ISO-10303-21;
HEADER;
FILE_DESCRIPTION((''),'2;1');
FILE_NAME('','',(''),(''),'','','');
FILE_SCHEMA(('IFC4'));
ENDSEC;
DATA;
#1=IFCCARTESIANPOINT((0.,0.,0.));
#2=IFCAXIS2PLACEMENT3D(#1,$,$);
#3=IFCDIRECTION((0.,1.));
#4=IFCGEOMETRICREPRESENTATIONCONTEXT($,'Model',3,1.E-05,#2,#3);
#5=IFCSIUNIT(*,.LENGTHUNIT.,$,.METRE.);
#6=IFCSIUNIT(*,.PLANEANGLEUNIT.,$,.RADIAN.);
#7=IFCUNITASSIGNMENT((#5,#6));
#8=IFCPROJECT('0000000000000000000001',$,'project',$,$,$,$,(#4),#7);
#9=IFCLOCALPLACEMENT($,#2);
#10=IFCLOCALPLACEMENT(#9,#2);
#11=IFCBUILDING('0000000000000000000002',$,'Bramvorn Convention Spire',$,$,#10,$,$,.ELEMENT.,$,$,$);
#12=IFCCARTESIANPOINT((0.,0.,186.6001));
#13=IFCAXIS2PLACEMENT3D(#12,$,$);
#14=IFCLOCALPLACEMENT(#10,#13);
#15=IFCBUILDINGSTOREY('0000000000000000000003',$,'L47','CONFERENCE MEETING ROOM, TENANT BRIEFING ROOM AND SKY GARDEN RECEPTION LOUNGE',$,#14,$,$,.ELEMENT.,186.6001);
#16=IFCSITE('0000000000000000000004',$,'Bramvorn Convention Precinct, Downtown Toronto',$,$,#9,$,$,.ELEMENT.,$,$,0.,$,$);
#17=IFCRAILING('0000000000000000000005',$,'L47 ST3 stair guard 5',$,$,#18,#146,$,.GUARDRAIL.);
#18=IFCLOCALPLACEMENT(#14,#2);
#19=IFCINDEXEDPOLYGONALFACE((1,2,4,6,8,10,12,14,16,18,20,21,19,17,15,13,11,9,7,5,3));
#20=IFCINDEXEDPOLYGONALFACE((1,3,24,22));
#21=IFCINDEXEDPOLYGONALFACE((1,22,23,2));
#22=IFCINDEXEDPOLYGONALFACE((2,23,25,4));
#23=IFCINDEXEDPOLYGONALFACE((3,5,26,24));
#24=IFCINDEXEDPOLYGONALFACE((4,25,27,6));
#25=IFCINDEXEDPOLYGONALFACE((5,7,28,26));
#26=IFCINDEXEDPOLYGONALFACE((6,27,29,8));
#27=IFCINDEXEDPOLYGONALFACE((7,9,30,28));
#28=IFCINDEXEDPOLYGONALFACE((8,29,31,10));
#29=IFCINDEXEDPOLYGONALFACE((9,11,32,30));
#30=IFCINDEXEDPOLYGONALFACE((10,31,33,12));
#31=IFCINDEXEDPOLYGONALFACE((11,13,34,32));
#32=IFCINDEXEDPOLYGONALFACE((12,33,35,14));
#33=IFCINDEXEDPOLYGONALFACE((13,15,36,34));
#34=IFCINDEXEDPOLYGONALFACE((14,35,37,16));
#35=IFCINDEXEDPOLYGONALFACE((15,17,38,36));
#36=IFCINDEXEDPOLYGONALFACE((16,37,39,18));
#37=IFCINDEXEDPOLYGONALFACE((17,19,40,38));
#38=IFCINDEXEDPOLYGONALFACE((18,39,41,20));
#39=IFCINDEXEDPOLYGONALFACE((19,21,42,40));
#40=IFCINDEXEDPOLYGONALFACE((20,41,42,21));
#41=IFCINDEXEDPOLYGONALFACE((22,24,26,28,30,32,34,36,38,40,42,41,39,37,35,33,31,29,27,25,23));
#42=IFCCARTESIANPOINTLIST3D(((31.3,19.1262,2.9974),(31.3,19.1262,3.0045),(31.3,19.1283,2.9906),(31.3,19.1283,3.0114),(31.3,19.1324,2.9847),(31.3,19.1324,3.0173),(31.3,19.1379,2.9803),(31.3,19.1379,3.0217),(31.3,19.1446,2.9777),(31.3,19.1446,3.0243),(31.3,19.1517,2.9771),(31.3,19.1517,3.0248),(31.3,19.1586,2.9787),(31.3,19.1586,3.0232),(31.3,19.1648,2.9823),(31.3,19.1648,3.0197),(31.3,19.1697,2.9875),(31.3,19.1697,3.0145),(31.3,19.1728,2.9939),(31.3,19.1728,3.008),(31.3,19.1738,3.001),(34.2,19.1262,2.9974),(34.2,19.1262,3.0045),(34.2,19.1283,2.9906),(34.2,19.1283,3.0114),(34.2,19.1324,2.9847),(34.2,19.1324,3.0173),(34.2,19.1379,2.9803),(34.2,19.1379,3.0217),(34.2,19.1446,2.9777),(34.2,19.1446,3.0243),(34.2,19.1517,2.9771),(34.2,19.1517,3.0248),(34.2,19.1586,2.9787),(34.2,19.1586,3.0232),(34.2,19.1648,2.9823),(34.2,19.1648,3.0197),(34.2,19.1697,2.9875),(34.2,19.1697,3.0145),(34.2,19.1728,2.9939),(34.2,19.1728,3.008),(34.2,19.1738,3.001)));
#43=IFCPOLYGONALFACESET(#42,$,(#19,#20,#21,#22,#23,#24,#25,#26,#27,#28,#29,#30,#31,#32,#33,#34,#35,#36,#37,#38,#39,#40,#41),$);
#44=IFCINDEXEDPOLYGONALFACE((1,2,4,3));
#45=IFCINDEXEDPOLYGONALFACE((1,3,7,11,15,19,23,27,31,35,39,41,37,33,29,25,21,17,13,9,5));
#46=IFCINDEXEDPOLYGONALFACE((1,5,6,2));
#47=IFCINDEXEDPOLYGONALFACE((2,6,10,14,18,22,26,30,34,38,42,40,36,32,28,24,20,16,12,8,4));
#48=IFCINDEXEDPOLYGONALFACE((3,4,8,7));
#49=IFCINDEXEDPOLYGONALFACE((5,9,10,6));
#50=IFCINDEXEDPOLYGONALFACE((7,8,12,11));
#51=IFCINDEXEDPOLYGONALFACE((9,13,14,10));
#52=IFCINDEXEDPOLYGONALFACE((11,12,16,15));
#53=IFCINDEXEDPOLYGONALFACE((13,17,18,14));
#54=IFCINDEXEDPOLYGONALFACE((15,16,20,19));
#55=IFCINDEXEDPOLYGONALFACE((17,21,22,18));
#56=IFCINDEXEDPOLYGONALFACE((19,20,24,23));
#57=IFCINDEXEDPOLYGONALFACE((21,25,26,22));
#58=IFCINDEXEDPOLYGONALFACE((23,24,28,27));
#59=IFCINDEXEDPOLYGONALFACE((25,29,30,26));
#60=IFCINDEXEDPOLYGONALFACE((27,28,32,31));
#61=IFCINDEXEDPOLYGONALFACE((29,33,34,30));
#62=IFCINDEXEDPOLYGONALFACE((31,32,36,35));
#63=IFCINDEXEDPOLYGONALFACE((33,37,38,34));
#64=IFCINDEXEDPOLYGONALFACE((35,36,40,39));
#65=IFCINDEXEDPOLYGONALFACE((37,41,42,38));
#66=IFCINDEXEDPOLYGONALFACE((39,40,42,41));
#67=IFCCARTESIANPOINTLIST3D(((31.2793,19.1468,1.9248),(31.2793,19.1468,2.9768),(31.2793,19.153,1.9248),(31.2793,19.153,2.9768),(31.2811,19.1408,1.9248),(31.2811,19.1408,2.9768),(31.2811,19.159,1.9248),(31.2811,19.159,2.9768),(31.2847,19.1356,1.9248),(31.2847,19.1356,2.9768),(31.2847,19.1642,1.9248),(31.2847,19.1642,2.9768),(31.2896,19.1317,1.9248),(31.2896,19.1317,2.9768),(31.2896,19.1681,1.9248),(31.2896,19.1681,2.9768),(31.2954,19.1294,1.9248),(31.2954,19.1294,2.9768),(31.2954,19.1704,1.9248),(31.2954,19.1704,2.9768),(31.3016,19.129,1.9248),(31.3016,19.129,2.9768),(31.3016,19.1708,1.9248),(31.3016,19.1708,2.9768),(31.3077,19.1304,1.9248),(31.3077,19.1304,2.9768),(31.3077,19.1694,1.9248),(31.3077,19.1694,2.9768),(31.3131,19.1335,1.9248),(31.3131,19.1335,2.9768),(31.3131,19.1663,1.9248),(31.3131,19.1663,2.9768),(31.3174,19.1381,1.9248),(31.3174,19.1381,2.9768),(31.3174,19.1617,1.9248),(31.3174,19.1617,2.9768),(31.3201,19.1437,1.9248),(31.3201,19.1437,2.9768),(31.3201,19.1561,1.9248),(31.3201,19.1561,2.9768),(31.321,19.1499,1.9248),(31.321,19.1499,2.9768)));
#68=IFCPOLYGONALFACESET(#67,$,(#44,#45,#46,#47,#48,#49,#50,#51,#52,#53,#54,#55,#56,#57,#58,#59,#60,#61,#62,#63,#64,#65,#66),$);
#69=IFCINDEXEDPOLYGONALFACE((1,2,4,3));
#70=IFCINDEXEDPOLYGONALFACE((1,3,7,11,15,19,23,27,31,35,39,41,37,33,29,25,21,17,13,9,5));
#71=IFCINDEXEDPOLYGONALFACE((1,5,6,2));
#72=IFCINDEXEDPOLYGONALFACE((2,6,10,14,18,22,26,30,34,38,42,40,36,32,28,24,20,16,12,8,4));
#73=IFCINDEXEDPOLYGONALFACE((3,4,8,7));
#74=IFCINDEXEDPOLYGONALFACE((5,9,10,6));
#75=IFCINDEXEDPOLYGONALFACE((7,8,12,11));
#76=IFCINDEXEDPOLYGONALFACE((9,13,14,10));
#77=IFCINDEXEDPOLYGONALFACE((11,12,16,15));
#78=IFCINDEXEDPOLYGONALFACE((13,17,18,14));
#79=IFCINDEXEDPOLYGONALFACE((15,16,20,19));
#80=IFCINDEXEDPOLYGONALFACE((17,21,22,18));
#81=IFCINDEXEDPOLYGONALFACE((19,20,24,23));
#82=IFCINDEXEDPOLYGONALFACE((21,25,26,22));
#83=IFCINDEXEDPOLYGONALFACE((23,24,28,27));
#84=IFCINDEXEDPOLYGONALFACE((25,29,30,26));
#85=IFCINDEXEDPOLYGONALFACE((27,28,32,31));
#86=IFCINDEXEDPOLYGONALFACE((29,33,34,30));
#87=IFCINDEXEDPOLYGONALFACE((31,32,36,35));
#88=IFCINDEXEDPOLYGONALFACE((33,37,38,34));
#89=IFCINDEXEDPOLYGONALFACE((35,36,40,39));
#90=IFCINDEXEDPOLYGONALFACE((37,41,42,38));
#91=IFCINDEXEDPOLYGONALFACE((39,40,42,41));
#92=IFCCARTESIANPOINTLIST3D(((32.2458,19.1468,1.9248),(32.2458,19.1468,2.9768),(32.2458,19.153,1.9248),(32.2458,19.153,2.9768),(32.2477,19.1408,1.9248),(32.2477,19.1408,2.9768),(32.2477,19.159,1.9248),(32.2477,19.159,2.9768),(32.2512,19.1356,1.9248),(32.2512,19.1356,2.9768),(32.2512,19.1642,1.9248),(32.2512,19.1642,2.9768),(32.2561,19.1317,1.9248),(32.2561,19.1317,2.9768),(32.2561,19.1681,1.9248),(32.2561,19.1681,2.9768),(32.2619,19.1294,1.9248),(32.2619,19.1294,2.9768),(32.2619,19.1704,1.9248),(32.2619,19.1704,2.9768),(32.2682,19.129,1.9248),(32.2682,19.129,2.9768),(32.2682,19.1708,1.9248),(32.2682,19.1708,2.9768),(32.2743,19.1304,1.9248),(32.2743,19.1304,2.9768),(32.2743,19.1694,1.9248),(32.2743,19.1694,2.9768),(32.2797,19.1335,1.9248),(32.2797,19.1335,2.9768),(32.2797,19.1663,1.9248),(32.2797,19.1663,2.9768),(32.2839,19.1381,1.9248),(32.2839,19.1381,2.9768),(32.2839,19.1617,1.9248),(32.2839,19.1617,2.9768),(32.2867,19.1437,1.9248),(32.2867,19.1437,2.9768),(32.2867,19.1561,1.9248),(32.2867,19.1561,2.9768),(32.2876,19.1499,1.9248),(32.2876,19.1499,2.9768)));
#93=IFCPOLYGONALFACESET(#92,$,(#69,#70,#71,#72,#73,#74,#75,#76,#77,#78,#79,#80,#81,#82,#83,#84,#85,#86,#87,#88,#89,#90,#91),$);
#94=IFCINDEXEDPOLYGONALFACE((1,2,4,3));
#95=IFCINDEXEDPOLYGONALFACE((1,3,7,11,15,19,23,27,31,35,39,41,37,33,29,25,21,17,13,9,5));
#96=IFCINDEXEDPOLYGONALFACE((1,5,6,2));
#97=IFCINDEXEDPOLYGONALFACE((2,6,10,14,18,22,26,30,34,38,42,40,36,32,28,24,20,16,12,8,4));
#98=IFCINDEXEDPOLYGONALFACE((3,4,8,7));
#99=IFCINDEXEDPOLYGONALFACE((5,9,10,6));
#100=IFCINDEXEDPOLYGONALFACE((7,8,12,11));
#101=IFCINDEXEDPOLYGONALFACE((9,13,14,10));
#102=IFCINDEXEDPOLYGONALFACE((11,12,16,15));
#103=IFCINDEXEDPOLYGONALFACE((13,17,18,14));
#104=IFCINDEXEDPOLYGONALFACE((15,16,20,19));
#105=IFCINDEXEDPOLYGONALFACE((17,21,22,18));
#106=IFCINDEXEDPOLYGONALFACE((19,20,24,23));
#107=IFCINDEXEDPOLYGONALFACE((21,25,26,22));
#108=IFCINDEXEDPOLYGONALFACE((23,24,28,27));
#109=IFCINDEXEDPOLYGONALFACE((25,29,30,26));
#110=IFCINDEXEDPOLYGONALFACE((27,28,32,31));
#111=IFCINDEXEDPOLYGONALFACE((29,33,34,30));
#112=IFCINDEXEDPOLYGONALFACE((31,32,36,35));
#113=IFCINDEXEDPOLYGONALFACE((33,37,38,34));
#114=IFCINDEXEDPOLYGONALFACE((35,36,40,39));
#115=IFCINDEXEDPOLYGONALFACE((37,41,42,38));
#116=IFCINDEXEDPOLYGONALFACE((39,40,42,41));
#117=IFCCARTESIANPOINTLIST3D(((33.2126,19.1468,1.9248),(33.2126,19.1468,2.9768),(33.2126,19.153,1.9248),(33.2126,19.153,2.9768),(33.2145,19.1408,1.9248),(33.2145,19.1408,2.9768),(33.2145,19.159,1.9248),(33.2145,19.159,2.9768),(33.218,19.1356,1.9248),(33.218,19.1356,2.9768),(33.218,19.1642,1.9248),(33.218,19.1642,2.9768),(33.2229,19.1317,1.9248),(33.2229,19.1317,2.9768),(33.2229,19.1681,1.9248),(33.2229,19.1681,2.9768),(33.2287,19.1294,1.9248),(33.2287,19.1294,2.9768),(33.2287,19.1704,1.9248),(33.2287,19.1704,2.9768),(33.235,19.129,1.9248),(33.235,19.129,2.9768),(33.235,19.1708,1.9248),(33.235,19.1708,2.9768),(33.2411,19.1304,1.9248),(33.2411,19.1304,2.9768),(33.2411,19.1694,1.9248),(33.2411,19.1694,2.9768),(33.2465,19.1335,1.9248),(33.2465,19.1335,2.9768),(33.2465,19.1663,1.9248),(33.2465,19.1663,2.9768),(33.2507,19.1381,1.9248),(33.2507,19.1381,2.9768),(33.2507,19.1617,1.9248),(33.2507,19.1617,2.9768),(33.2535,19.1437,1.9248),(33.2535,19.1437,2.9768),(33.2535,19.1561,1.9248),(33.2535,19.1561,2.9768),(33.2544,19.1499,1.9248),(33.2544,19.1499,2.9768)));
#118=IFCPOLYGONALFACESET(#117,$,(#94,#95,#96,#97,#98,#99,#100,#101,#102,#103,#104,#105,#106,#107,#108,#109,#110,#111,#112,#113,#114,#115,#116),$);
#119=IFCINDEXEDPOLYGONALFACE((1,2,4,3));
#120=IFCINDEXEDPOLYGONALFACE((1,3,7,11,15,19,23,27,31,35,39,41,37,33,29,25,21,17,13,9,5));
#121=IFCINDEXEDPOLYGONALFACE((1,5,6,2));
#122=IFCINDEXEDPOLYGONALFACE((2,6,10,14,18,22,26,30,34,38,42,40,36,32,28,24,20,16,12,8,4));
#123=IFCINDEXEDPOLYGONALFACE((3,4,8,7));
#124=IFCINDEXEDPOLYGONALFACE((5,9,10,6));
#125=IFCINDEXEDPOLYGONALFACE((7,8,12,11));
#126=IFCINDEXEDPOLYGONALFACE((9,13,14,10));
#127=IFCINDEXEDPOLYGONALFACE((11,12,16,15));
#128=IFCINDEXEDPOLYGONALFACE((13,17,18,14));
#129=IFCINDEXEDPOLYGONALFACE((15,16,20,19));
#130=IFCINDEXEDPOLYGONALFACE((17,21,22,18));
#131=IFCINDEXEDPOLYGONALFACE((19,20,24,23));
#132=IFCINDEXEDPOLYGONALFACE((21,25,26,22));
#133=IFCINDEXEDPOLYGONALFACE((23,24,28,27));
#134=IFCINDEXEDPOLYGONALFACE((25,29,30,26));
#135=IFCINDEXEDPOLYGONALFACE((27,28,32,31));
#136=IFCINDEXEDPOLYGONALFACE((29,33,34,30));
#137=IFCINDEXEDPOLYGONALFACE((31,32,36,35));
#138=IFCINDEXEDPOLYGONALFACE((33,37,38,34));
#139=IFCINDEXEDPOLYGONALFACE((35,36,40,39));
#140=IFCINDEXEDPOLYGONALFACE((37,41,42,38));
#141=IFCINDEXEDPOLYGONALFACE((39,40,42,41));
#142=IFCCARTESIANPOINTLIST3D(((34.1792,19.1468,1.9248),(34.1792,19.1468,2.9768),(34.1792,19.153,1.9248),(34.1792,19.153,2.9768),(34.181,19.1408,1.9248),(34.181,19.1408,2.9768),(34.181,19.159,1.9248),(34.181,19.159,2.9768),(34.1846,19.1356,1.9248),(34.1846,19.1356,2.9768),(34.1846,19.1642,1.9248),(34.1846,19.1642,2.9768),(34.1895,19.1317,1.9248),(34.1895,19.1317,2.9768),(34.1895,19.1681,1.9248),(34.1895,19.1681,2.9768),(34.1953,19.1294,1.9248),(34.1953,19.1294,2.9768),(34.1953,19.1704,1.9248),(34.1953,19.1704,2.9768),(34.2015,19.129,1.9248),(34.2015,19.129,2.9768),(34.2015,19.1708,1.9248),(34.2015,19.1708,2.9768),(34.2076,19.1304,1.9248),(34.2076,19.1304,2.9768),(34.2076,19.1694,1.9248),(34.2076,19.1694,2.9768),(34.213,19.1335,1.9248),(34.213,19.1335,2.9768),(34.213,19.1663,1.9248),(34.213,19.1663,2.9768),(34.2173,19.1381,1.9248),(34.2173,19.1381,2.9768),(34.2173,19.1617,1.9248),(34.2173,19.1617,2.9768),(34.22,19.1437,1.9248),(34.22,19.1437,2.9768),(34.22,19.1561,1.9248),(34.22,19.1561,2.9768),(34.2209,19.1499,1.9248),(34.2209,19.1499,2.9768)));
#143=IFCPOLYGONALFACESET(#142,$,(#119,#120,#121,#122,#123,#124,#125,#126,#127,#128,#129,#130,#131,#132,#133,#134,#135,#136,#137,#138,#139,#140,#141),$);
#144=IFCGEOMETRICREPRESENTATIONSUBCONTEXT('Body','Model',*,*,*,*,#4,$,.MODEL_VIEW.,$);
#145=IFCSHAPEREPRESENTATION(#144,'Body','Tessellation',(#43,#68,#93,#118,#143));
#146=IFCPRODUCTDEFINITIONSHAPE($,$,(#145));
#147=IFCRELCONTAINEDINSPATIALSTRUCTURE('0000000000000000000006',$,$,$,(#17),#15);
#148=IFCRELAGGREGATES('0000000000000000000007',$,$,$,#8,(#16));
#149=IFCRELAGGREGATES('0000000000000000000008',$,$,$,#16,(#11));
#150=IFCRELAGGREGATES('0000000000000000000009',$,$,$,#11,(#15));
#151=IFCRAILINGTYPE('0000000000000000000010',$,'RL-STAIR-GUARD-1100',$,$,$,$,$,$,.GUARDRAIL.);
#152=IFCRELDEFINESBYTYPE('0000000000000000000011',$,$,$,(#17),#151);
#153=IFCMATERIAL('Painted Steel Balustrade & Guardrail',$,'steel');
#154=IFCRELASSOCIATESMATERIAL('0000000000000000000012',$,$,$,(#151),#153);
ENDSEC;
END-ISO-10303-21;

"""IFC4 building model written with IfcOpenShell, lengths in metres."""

from ifc_helpers import new_model, si_unit, direction, frame, origin, origin_2d, place, context, subcontext, project, spatial, circle, extrude, material, type_object, element, save


model = new_model("IFC4")

# Units and contexts
model_context = context("Model", 3, precision=1e-05, world=origin(), true_north=direction((0.0, 1.0)))
body_context = subcontext(model_context, "Body", "Model", "MODEL_VIEW")
ifc_project = project(units=[si_unit("LENGTHUNIT", "METRE"), si_unit("PLANEANGLEUNIT", "RADIAN")], contexts=[model_context])

# Site, building, storey
site_placement = place(None, origin())
site = spatial("IfcSite", under=ifc_project, at=site_placement, Name="Bramvorn Convention Precinct, Downtown Toronto", CompositionType="ELEMENT", RefElevation=0.0)
building_placement = place(site_placement, origin())
building = spatial("IfcBuilding", under=site, at=building_placement, Name="Bramvorn Convention Spire", CompositionType="ELEMENT")
storey_placement = place(building_placement, frame((0.0, 0.0, 186.6001)))
storey = spatial("IfcBuildingStorey", under=building, at=storey_placement, Name="L47", Description="CONFERENCE MEETING ROOM, TENANT BRIEFING ROOM AND SKY GARDEN RECEPTION LOUNGE", CompositionType="ELEMENT", Elevation=186.6001)

# Railing
ifc_material_1 = material(Name="Painted Steel Balustrade & Guardrail", Category="steel")
railing_type = type_object("IfcRailingType", Name="RL-STAIR-GUARD-1100", PredefinedType="GUARDRAIL", material=ifc_material_1)
railing_1_placement = place(storey_placement, frame((31.3, 19.1499, 1.9248)))
element("IfcRailing", 1, at=railing_1_placement, inside=storey, type_object=railing_type, Name="L47 ST3 stair guard 5", PredefinedType="GUARDRAIL", context=body_context, shape_type="SweptSolid", body=[
    extrude(circle(Radius=0.0239, at=origin_2d()), frame((0.0, 0.0, 1.0762), z_axis=(1.0, 0.0, 0.0), x_axis=(0.0, 1.0, 0.0)), (0.0, 0.0, 1.0), 2.8999),
    extrude(circle(Radius=0.021, at=origin_2d()), origin(), (0.0, 0.0, 1.0), 1.052),
    extrude(circle(Radius=0.021, at=origin_2d()), frame((0.9666, 0.0, 0.0)), (0.0, 0.0, 1.0), 1.052),
    extrude(circle(Radius=0.021, at=origin_2d()), frame((1.9333, 0.0, 0.0)), (0.0, 0.0, 1.0), 1.052),
    extrude(circle(Radius=0.021, at=origin_2d()), frame((2.8999, 0.0, 0.0)), (0.0, 0.0, 1.0), 1.052),
])

save(model, "model.ifc")
